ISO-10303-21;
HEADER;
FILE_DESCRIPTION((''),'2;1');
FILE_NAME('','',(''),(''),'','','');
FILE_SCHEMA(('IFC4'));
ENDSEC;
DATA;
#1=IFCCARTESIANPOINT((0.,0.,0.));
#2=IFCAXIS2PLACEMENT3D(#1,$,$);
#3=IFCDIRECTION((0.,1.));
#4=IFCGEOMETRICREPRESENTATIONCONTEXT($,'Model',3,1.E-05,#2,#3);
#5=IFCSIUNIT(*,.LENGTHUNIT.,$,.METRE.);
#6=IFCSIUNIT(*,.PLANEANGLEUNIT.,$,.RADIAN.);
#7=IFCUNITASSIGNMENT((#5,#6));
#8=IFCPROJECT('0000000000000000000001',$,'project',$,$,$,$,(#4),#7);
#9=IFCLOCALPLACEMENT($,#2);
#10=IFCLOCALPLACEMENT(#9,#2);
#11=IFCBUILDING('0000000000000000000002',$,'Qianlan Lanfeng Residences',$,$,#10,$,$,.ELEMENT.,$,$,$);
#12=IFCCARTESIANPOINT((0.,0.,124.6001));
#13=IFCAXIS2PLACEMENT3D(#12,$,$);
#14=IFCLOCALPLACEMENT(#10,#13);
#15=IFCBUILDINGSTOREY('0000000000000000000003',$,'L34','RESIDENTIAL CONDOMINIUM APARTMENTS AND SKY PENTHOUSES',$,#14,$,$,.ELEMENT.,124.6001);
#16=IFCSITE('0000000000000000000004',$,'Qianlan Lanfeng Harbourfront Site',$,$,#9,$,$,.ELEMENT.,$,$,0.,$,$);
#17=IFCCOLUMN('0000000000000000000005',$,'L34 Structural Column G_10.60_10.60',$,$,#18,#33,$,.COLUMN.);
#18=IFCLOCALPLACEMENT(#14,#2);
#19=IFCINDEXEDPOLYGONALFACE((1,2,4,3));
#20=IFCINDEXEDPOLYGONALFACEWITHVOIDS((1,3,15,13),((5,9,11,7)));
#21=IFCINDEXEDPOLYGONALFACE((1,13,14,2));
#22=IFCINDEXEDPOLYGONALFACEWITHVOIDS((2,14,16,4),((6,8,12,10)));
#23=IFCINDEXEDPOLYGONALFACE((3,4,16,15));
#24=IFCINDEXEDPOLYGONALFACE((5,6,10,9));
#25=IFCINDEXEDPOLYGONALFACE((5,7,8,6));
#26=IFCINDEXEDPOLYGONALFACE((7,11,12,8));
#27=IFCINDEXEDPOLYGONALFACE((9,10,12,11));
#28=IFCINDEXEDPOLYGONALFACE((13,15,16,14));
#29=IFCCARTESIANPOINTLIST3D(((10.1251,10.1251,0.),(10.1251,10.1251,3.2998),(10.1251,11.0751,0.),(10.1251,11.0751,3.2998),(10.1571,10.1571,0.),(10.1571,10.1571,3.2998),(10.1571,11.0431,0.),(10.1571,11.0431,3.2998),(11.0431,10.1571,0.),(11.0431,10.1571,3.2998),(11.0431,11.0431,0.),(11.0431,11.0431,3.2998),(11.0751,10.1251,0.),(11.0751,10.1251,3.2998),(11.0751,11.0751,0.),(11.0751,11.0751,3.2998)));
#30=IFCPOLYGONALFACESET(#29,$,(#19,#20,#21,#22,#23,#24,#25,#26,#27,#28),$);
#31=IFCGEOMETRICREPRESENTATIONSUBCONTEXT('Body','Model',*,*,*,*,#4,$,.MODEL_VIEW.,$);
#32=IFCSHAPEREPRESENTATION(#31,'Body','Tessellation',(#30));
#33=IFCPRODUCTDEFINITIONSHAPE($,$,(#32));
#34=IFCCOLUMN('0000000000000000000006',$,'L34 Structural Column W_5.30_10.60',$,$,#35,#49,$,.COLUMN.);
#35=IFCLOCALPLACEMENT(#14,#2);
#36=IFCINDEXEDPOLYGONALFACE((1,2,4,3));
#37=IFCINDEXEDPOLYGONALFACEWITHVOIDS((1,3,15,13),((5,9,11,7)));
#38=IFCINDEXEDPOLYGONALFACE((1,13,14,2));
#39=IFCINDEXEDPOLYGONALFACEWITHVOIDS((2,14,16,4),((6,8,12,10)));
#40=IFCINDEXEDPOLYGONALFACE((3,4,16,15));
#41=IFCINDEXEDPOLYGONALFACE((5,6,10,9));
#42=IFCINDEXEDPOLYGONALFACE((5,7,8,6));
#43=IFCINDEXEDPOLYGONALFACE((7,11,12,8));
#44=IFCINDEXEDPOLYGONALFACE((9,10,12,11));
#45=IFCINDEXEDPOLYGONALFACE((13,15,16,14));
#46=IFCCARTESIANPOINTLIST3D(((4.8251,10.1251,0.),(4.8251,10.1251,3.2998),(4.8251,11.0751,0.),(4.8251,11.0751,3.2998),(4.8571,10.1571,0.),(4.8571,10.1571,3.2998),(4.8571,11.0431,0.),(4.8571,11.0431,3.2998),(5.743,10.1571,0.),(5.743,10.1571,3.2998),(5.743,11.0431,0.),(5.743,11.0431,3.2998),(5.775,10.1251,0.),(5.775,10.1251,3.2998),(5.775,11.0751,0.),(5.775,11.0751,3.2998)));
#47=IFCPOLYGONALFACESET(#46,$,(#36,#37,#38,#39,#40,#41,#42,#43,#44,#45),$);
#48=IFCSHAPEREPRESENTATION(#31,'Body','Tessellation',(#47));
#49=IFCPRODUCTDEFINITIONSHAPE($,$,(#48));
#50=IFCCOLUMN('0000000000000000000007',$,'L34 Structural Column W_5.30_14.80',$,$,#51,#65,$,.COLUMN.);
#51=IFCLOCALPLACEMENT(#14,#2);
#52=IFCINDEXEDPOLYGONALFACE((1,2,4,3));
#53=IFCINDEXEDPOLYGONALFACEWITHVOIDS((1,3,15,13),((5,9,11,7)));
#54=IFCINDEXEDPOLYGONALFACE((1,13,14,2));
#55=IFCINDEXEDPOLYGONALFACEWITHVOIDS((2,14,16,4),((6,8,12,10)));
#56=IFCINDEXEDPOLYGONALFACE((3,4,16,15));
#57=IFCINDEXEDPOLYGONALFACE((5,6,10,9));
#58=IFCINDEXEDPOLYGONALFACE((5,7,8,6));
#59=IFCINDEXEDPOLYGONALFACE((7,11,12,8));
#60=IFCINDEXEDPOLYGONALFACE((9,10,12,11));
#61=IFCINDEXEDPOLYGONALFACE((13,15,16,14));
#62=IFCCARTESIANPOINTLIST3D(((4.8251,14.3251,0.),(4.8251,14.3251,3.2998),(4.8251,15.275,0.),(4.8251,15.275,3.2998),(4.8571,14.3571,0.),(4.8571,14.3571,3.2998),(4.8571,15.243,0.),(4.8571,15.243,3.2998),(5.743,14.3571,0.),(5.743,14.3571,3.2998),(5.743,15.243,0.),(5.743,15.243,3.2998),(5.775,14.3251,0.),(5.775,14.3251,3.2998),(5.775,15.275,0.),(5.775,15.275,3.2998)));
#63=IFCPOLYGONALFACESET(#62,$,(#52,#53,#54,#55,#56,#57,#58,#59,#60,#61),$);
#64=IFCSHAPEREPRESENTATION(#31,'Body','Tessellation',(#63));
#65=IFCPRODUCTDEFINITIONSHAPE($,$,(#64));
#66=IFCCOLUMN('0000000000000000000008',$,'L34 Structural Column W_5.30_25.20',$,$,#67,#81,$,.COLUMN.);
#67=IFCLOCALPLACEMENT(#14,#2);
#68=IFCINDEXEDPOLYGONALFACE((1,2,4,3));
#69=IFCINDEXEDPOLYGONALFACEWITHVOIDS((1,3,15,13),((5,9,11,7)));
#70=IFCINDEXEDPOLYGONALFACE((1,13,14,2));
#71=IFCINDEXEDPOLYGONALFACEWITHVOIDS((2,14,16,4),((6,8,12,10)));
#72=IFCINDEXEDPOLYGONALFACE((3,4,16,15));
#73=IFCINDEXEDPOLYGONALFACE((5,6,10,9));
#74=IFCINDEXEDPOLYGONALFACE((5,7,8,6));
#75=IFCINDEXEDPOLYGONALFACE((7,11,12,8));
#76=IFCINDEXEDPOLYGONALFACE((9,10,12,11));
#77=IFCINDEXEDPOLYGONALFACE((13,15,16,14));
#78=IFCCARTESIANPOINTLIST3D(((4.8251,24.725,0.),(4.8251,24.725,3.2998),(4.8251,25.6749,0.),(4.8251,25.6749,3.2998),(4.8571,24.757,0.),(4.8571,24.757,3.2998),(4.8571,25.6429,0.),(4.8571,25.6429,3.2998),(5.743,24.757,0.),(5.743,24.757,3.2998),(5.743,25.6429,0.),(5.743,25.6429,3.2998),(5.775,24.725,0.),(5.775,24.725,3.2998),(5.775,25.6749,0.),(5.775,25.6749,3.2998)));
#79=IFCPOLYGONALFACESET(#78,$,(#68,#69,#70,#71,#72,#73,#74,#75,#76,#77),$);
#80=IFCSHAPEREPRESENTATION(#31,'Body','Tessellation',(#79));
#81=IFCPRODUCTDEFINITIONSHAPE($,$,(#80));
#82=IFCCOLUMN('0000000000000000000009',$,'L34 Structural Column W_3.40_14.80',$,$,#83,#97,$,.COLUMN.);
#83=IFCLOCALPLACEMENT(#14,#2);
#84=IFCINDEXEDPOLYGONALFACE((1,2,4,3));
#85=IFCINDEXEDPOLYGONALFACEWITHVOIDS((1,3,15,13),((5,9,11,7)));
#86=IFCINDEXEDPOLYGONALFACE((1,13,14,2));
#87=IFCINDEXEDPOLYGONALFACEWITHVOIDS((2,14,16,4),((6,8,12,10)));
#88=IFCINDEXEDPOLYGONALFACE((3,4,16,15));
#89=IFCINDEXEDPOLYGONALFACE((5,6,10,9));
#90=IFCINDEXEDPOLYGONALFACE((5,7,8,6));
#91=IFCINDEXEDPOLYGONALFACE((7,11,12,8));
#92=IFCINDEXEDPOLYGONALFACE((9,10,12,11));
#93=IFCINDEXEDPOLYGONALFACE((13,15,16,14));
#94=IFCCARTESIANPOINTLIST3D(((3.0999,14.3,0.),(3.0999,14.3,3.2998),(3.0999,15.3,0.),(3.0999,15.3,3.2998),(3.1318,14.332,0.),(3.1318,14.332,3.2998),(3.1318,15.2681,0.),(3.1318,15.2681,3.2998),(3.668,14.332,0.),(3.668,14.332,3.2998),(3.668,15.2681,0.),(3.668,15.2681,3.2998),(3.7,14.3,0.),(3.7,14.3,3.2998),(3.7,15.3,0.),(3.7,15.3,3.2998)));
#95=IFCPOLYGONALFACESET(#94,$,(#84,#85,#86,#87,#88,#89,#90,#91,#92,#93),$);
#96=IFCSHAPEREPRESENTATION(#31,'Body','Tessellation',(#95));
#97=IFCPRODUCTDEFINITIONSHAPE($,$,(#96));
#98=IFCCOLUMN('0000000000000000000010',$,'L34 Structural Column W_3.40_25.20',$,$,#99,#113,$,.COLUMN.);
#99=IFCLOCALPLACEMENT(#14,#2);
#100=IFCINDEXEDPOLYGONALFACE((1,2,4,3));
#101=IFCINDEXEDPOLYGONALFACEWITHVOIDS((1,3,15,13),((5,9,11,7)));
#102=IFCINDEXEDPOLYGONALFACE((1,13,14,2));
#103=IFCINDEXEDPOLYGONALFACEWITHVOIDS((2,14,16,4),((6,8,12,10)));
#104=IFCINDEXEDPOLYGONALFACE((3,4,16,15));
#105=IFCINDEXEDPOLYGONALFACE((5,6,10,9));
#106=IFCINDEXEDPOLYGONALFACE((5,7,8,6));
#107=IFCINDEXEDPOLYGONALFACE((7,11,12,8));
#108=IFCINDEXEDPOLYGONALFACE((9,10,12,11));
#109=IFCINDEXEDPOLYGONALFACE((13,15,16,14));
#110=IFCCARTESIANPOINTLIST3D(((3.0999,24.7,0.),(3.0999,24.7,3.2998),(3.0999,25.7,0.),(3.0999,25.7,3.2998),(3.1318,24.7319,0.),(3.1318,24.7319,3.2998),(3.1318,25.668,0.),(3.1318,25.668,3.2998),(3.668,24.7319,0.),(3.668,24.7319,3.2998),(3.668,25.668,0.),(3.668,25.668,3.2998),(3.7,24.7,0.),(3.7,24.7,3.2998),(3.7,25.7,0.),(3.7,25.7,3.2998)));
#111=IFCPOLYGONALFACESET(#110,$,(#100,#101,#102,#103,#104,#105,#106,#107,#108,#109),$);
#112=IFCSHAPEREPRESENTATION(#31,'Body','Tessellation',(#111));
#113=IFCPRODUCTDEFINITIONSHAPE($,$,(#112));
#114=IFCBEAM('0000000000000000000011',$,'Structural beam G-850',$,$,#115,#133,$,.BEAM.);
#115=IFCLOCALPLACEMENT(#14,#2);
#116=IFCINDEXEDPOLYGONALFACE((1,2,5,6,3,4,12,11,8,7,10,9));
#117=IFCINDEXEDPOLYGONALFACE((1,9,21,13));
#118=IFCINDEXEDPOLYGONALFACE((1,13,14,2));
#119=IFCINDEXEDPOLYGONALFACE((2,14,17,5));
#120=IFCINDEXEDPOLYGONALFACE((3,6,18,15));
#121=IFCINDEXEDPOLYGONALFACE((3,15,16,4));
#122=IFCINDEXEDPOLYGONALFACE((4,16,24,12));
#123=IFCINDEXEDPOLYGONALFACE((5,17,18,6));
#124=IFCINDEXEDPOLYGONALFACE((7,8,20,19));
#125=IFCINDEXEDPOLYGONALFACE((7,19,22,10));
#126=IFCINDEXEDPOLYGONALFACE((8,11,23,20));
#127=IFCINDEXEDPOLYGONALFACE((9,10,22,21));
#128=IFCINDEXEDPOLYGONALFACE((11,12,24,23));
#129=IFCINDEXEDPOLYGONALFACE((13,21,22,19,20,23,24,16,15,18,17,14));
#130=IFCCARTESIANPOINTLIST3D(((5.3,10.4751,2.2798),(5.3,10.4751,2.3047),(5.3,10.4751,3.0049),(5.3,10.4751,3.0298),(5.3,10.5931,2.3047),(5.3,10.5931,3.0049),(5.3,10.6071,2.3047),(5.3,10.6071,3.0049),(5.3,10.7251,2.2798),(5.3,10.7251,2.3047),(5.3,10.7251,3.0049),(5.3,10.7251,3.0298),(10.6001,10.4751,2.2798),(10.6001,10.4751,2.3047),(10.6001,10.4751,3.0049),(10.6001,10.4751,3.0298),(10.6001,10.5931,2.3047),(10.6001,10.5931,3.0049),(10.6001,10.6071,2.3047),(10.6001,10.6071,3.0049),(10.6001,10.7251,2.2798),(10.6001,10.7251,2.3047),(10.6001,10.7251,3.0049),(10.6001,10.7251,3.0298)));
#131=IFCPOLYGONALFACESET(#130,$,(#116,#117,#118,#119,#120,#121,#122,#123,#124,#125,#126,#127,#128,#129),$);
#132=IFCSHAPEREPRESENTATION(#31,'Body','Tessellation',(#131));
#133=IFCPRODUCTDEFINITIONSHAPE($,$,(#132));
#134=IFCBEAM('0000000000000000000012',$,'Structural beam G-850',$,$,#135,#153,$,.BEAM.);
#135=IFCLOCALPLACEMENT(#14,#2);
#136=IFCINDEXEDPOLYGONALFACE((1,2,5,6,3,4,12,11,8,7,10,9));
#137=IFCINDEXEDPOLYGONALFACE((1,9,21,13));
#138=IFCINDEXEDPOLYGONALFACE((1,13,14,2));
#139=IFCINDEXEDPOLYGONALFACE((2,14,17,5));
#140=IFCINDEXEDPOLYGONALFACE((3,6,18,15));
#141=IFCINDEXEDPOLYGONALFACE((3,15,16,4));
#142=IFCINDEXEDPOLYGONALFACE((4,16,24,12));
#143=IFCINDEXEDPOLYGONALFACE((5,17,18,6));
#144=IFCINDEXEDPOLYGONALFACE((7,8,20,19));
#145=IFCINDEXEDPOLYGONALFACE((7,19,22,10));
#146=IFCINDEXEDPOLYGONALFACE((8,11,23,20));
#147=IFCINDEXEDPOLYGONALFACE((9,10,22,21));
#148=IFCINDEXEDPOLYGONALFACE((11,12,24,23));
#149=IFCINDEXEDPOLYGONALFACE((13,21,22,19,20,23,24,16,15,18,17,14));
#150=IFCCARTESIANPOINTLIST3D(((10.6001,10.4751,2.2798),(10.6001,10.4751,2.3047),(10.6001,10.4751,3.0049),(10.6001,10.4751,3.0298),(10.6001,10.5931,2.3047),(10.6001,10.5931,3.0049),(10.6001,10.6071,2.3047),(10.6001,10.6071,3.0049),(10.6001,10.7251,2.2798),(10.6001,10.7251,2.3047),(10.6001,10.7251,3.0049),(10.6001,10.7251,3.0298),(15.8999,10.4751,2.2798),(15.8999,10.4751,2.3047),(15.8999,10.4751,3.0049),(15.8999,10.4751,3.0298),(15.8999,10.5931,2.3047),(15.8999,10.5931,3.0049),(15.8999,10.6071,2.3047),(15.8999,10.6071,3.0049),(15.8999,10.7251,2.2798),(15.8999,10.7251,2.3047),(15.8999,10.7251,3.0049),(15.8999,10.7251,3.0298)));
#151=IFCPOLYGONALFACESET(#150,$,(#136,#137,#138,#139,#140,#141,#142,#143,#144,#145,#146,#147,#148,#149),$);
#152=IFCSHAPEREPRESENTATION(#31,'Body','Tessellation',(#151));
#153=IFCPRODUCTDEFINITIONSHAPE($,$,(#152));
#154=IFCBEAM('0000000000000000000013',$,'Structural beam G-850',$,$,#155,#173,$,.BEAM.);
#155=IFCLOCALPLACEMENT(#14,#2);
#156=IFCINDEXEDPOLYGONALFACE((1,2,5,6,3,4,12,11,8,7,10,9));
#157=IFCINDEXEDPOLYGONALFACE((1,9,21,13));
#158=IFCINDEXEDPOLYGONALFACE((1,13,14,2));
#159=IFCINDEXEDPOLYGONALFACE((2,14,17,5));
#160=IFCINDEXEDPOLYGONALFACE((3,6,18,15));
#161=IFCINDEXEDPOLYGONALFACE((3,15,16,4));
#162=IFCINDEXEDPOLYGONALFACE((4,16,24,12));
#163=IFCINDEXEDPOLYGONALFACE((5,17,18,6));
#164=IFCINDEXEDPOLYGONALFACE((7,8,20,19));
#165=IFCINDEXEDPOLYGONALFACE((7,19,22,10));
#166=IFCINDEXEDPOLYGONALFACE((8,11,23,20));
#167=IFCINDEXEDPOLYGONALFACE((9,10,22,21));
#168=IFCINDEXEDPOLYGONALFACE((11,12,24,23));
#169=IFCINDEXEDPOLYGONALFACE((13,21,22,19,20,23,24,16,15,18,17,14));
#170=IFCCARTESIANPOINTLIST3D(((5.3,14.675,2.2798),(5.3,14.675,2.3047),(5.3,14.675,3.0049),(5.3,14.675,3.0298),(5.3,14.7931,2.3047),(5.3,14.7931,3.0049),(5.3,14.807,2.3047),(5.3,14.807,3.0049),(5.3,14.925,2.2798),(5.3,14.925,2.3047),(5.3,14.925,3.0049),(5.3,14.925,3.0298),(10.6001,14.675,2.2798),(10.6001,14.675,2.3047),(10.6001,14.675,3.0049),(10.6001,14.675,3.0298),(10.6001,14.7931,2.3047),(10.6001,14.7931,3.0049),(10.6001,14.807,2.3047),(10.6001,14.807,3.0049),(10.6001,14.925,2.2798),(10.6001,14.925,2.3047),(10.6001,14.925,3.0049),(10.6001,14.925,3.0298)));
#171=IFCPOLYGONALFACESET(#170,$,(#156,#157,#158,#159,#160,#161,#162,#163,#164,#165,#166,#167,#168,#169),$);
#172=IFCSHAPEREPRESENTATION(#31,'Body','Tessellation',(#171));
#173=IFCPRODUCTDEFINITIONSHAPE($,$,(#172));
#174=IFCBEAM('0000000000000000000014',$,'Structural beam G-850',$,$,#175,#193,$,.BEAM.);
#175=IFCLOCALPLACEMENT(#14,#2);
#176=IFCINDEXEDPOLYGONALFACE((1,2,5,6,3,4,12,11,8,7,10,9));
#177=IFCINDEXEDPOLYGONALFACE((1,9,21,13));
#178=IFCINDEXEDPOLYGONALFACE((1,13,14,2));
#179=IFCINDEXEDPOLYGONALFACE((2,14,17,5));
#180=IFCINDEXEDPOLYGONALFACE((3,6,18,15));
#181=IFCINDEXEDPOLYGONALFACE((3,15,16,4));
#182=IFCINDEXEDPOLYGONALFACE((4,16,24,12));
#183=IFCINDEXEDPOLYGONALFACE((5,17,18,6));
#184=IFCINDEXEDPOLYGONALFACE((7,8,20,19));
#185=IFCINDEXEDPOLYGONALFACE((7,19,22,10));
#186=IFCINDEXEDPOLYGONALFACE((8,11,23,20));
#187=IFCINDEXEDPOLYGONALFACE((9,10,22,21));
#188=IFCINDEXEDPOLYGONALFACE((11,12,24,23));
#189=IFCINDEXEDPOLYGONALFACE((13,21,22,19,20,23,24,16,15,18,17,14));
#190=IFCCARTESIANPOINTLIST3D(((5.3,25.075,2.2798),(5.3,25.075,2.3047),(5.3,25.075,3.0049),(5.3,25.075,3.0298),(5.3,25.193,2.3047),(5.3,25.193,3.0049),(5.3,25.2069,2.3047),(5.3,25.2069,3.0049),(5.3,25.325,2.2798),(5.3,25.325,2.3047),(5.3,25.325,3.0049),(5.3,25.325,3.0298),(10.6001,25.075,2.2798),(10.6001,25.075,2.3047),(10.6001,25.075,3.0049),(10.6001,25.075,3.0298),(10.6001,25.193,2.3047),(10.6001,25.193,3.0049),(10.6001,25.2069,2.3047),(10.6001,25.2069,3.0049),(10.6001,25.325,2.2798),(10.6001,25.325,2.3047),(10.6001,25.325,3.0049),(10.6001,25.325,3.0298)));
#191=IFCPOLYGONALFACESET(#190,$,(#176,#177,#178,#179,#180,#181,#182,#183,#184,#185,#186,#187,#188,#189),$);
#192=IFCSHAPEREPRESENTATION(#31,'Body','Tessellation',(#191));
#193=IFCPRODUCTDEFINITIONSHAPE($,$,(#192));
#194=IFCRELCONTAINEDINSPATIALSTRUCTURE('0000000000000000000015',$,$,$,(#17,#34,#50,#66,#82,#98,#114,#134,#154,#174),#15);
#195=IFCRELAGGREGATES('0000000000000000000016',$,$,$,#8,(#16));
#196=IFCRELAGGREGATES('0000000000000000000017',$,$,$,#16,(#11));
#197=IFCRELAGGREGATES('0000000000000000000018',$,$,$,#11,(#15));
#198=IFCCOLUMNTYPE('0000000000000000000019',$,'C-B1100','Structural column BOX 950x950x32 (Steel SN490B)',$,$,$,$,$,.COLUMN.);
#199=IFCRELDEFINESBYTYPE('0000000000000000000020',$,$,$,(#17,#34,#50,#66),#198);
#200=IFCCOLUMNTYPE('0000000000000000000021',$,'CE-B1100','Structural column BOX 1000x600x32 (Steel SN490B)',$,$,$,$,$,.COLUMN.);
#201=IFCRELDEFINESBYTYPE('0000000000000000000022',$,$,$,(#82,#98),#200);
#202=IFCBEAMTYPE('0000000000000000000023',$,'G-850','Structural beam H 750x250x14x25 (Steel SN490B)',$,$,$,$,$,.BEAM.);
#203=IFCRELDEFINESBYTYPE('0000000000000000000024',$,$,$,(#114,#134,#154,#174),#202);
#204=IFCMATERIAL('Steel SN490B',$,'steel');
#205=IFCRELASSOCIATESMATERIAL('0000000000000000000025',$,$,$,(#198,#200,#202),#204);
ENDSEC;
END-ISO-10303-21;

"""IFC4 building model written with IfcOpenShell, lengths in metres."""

from ifc_helpers import new_model, si_unit, direction, frame, origin, origin_2d, place, context, subcontext, project, spatial, hollow_rectangle, i_section, extrude, material, material_profile, profile_set, type_object, element, save


model = new_model("IFC4")

# Units and contexts
model_context = context("Model", 3, precision=1e-05, world=origin(), true_north=direction((0.0, 1.0)))
body_context = subcontext(model_context, "Body", "Model", "MODEL_VIEW")
ifc_project = project(units=[si_unit("LENGTHUNIT", "METRE"), si_unit("PLANEANGLEUNIT", "RADIAN")], contexts=[model_context])

# Site, building, storey
site_placement = place(None, origin())
site = spatial("IfcSite", under=ifc_project, at=site_placement, Name="Qianlan Lanfeng Harbourfront Site", CompositionType="ELEMENT", RefElevation=0.0)
building_placement = place(site_placement, origin())
building = spatial("IfcBuilding", under=site, at=building_placement, Name="Qianlan Lanfeng Residences", CompositionType="ELEMENT")
storey_placement = place(building_placement, frame((0.0, 0.0, 124.6001)))
storey = spatial("IfcBuildingStorey", under=building, at=storey_placement, Name="L34", Description="RESIDENTIAL CONDOMINIUM APARTMENTS AND SKY PENTHOUSES", CompositionType="ELEMENT", Elevation=124.6001)

# Columns
ifc_material_1 = material(Name="Steel SN490B", Category="steel")
ifc_material_profile_1 = material_profile(ifc_material_1, hollow_rectangle(XDim=0.95, YDim=0.95, WallThickness=0.032, at=origin_2d()), Name="BOX 950x950x32")
ifc_profile_set_1 = profile_set([ifc_material_profile_1], Name="Steel SN490B")
column_type_1 = type_object("IfcColumnType", Name="C-B1100", Description="Structural column BOX 950x950x32 (Steel SN490B)", PredefinedType="COLUMN", material=ifc_profile_set_1)
for number, where, z_axis, x_axis, name in (
    (1, (10.6001, 10.6001, 0.0), (0.0, 0.0, 1.0), (1.0, 0.0, 0.0), "L34 Structural Column G_10.60_10.60"),
    (2, (5.3, 10.6001, 0.0), (0.0, 0.0, 1.0), (1.0, 0.0, 0.0), "L34 Structural Column W_5.30_10.60"),
    (3, (5.3, 14.8, 0.0), (0.0, 0.0, 1.0), (1.0, 0.0, 0.0), "L34 Structural Column W_5.30_14.80"),
    (4, (5.3, 25.2, 0.0), (0.0, 0.0, 1.0), (1.0, 0.0, 0.0), "L34 Structural Column W_5.30_25.20"),
):
    element("IfcColumn", number, at=place(storey_placement, frame(where, z_axis=z_axis, x_axis=x_axis)), inside=storey, type_object=column_type_1, Name=name, PredefinedType="COLUMN", context=body_context, shape_type="SweptSolid", body=[
        extrude(hollow_rectangle(XDim=0.95, YDim=0.95, WallThickness=0.032, at=origin_2d()), origin(), (0.0, 0.0, 1.0), 3.2998),
    ])
ifc_material_profile_2 = material_profile(ifc_material_1, hollow_rectangle(XDim=0.6001, YDim=1.0, WallThickness=0.032, at=origin_2d()), Name="BOX 1000x600x32")
ifc_profile_set_2 = profile_set([ifc_material_profile_2], Name="Steel SN490B")
column_type_2 = type_object("IfcColumnType", Name="CE-B1100", Description="Structural column BOX 1000x600x32 (Steel SN490B)", PredefinedType="COLUMN", material=ifc_profile_set_2)
for number, where, z_axis, x_axis, name in (
    (5, (3.3999, 14.8, 0.0), (0.0, 0.0, 1.0), (1.0, 0.0, 0.0), "L34 Structural Column W_3.40_14.80"),
    (6, (3.3999, 25.2, 0.0), (0.0, 0.0, 1.0), (1.0, 0.0, 0.0), "L34 Structural Column W_3.40_25.20"),
):
    element("IfcColumn", number, at=place(storey_placement, frame(where, z_axis=z_axis, x_axis=x_axis)), inside=storey, type_object=column_type_2, Name=name, PredefinedType="COLUMN", context=body_context, shape_type="SweptSolid", body=[
        extrude(hollow_rectangle(XDim=0.6001, YDim=1.0, WallThickness=0.032, at=origin_2d()), origin(), (0.0, 0.0, 1.0), 3.2998),
    ])

# Beams
ifc_material_profile_3 = material_profile(ifc_material_1, i_section(OverallWidth=0.25, OverallDepth=0.75, WebThickness=0.0139, FlangeThickness=0.0249, at=origin_2d()), Name="H 750x250x14x25")
ifc_profile_set_3 = profile_set([ifc_material_profile_3], Name="Steel SN490B")
beam_type_1 = type_object("IfcBeamType", Name="G-850", Description="Structural beam H 750x250x14x25 (Steel SN490B)", PredefinedType="BEAM", material=ifc_profile_set_3)
beam_1_placement = place(storey_placement, frame((5.3, 10.6001, 2.6548), z_axis=(1.0, 0.0, 0.0), x_axis=(0.0, 1.0, 0.0)))
element("IfcBeam", 7, at=beam_1_placement, inside=storey, type_object=beam_type_1, Name="Structural beam G-850", PredefinedType="BEAM", context=body_context, shape_type="SweptSolid", body=[
    extrude(i_section(OverallWidth=0.25, OverallDepth=0.75, WebThickness=0.0139, FlangeThickness=0.0249, at=origin_2d()), origin(), (0.0, 0.0, 1.0), 5.3),
])
beam_2_placement = place(storey_placement, frame((10.6001, 10.6001, 2.6548), z_axis=(1.0, 0.0, 0.0), x_axis=(0.0, 1.0, 0.0)))
element("IfcBeam", 8, at=beam_2_placement, inside=storey, type_object=beam_type_1, Name="Structural beam G-850", PredefinedType="BEAM", context=body_context, shape_type="SweptSolid", body=[
    extrude(i_section(OverallWidth=0.25, OverallDepth=0.75, WebThickness=0.0139, FlangeThickness=0.0249, at=origin_2d()), origin(), (0.0, 0.0, 1.0), 5.2998),
])
for number, where, z_axis, x_axis, name in (
    (9, (5.3, 14.8, 2.6548), (1.0, 0.0, 0.0), (0.0, 1.0, 0.0), "Structural beam G-850"),
    (10, (5.3, 25.2, 2.6548), (1.0, 0.0, 0.0), (0.0, 1.0, 0.0), "Structural beam G-850"),
):
    element("IfcBeam", number, at=place(storey_placement, frame(where, z_axis=z_axis, x_axis=x_axis)), inside=storey, type_object=beam_type_1, Name=name, PredefinedType="BEAM", context=body_context, shape_type="SweptSolid", body=[
        extrude(i_section(OverallWidth=0.25, OverallDepth=0.75, WebThickness=0.0139, FlangeThickness=0.0249, at=origin_2d()), origin(), (0.0, 0.0, 1.0), 5.3),
    ])

save(model, "model.ifc")
